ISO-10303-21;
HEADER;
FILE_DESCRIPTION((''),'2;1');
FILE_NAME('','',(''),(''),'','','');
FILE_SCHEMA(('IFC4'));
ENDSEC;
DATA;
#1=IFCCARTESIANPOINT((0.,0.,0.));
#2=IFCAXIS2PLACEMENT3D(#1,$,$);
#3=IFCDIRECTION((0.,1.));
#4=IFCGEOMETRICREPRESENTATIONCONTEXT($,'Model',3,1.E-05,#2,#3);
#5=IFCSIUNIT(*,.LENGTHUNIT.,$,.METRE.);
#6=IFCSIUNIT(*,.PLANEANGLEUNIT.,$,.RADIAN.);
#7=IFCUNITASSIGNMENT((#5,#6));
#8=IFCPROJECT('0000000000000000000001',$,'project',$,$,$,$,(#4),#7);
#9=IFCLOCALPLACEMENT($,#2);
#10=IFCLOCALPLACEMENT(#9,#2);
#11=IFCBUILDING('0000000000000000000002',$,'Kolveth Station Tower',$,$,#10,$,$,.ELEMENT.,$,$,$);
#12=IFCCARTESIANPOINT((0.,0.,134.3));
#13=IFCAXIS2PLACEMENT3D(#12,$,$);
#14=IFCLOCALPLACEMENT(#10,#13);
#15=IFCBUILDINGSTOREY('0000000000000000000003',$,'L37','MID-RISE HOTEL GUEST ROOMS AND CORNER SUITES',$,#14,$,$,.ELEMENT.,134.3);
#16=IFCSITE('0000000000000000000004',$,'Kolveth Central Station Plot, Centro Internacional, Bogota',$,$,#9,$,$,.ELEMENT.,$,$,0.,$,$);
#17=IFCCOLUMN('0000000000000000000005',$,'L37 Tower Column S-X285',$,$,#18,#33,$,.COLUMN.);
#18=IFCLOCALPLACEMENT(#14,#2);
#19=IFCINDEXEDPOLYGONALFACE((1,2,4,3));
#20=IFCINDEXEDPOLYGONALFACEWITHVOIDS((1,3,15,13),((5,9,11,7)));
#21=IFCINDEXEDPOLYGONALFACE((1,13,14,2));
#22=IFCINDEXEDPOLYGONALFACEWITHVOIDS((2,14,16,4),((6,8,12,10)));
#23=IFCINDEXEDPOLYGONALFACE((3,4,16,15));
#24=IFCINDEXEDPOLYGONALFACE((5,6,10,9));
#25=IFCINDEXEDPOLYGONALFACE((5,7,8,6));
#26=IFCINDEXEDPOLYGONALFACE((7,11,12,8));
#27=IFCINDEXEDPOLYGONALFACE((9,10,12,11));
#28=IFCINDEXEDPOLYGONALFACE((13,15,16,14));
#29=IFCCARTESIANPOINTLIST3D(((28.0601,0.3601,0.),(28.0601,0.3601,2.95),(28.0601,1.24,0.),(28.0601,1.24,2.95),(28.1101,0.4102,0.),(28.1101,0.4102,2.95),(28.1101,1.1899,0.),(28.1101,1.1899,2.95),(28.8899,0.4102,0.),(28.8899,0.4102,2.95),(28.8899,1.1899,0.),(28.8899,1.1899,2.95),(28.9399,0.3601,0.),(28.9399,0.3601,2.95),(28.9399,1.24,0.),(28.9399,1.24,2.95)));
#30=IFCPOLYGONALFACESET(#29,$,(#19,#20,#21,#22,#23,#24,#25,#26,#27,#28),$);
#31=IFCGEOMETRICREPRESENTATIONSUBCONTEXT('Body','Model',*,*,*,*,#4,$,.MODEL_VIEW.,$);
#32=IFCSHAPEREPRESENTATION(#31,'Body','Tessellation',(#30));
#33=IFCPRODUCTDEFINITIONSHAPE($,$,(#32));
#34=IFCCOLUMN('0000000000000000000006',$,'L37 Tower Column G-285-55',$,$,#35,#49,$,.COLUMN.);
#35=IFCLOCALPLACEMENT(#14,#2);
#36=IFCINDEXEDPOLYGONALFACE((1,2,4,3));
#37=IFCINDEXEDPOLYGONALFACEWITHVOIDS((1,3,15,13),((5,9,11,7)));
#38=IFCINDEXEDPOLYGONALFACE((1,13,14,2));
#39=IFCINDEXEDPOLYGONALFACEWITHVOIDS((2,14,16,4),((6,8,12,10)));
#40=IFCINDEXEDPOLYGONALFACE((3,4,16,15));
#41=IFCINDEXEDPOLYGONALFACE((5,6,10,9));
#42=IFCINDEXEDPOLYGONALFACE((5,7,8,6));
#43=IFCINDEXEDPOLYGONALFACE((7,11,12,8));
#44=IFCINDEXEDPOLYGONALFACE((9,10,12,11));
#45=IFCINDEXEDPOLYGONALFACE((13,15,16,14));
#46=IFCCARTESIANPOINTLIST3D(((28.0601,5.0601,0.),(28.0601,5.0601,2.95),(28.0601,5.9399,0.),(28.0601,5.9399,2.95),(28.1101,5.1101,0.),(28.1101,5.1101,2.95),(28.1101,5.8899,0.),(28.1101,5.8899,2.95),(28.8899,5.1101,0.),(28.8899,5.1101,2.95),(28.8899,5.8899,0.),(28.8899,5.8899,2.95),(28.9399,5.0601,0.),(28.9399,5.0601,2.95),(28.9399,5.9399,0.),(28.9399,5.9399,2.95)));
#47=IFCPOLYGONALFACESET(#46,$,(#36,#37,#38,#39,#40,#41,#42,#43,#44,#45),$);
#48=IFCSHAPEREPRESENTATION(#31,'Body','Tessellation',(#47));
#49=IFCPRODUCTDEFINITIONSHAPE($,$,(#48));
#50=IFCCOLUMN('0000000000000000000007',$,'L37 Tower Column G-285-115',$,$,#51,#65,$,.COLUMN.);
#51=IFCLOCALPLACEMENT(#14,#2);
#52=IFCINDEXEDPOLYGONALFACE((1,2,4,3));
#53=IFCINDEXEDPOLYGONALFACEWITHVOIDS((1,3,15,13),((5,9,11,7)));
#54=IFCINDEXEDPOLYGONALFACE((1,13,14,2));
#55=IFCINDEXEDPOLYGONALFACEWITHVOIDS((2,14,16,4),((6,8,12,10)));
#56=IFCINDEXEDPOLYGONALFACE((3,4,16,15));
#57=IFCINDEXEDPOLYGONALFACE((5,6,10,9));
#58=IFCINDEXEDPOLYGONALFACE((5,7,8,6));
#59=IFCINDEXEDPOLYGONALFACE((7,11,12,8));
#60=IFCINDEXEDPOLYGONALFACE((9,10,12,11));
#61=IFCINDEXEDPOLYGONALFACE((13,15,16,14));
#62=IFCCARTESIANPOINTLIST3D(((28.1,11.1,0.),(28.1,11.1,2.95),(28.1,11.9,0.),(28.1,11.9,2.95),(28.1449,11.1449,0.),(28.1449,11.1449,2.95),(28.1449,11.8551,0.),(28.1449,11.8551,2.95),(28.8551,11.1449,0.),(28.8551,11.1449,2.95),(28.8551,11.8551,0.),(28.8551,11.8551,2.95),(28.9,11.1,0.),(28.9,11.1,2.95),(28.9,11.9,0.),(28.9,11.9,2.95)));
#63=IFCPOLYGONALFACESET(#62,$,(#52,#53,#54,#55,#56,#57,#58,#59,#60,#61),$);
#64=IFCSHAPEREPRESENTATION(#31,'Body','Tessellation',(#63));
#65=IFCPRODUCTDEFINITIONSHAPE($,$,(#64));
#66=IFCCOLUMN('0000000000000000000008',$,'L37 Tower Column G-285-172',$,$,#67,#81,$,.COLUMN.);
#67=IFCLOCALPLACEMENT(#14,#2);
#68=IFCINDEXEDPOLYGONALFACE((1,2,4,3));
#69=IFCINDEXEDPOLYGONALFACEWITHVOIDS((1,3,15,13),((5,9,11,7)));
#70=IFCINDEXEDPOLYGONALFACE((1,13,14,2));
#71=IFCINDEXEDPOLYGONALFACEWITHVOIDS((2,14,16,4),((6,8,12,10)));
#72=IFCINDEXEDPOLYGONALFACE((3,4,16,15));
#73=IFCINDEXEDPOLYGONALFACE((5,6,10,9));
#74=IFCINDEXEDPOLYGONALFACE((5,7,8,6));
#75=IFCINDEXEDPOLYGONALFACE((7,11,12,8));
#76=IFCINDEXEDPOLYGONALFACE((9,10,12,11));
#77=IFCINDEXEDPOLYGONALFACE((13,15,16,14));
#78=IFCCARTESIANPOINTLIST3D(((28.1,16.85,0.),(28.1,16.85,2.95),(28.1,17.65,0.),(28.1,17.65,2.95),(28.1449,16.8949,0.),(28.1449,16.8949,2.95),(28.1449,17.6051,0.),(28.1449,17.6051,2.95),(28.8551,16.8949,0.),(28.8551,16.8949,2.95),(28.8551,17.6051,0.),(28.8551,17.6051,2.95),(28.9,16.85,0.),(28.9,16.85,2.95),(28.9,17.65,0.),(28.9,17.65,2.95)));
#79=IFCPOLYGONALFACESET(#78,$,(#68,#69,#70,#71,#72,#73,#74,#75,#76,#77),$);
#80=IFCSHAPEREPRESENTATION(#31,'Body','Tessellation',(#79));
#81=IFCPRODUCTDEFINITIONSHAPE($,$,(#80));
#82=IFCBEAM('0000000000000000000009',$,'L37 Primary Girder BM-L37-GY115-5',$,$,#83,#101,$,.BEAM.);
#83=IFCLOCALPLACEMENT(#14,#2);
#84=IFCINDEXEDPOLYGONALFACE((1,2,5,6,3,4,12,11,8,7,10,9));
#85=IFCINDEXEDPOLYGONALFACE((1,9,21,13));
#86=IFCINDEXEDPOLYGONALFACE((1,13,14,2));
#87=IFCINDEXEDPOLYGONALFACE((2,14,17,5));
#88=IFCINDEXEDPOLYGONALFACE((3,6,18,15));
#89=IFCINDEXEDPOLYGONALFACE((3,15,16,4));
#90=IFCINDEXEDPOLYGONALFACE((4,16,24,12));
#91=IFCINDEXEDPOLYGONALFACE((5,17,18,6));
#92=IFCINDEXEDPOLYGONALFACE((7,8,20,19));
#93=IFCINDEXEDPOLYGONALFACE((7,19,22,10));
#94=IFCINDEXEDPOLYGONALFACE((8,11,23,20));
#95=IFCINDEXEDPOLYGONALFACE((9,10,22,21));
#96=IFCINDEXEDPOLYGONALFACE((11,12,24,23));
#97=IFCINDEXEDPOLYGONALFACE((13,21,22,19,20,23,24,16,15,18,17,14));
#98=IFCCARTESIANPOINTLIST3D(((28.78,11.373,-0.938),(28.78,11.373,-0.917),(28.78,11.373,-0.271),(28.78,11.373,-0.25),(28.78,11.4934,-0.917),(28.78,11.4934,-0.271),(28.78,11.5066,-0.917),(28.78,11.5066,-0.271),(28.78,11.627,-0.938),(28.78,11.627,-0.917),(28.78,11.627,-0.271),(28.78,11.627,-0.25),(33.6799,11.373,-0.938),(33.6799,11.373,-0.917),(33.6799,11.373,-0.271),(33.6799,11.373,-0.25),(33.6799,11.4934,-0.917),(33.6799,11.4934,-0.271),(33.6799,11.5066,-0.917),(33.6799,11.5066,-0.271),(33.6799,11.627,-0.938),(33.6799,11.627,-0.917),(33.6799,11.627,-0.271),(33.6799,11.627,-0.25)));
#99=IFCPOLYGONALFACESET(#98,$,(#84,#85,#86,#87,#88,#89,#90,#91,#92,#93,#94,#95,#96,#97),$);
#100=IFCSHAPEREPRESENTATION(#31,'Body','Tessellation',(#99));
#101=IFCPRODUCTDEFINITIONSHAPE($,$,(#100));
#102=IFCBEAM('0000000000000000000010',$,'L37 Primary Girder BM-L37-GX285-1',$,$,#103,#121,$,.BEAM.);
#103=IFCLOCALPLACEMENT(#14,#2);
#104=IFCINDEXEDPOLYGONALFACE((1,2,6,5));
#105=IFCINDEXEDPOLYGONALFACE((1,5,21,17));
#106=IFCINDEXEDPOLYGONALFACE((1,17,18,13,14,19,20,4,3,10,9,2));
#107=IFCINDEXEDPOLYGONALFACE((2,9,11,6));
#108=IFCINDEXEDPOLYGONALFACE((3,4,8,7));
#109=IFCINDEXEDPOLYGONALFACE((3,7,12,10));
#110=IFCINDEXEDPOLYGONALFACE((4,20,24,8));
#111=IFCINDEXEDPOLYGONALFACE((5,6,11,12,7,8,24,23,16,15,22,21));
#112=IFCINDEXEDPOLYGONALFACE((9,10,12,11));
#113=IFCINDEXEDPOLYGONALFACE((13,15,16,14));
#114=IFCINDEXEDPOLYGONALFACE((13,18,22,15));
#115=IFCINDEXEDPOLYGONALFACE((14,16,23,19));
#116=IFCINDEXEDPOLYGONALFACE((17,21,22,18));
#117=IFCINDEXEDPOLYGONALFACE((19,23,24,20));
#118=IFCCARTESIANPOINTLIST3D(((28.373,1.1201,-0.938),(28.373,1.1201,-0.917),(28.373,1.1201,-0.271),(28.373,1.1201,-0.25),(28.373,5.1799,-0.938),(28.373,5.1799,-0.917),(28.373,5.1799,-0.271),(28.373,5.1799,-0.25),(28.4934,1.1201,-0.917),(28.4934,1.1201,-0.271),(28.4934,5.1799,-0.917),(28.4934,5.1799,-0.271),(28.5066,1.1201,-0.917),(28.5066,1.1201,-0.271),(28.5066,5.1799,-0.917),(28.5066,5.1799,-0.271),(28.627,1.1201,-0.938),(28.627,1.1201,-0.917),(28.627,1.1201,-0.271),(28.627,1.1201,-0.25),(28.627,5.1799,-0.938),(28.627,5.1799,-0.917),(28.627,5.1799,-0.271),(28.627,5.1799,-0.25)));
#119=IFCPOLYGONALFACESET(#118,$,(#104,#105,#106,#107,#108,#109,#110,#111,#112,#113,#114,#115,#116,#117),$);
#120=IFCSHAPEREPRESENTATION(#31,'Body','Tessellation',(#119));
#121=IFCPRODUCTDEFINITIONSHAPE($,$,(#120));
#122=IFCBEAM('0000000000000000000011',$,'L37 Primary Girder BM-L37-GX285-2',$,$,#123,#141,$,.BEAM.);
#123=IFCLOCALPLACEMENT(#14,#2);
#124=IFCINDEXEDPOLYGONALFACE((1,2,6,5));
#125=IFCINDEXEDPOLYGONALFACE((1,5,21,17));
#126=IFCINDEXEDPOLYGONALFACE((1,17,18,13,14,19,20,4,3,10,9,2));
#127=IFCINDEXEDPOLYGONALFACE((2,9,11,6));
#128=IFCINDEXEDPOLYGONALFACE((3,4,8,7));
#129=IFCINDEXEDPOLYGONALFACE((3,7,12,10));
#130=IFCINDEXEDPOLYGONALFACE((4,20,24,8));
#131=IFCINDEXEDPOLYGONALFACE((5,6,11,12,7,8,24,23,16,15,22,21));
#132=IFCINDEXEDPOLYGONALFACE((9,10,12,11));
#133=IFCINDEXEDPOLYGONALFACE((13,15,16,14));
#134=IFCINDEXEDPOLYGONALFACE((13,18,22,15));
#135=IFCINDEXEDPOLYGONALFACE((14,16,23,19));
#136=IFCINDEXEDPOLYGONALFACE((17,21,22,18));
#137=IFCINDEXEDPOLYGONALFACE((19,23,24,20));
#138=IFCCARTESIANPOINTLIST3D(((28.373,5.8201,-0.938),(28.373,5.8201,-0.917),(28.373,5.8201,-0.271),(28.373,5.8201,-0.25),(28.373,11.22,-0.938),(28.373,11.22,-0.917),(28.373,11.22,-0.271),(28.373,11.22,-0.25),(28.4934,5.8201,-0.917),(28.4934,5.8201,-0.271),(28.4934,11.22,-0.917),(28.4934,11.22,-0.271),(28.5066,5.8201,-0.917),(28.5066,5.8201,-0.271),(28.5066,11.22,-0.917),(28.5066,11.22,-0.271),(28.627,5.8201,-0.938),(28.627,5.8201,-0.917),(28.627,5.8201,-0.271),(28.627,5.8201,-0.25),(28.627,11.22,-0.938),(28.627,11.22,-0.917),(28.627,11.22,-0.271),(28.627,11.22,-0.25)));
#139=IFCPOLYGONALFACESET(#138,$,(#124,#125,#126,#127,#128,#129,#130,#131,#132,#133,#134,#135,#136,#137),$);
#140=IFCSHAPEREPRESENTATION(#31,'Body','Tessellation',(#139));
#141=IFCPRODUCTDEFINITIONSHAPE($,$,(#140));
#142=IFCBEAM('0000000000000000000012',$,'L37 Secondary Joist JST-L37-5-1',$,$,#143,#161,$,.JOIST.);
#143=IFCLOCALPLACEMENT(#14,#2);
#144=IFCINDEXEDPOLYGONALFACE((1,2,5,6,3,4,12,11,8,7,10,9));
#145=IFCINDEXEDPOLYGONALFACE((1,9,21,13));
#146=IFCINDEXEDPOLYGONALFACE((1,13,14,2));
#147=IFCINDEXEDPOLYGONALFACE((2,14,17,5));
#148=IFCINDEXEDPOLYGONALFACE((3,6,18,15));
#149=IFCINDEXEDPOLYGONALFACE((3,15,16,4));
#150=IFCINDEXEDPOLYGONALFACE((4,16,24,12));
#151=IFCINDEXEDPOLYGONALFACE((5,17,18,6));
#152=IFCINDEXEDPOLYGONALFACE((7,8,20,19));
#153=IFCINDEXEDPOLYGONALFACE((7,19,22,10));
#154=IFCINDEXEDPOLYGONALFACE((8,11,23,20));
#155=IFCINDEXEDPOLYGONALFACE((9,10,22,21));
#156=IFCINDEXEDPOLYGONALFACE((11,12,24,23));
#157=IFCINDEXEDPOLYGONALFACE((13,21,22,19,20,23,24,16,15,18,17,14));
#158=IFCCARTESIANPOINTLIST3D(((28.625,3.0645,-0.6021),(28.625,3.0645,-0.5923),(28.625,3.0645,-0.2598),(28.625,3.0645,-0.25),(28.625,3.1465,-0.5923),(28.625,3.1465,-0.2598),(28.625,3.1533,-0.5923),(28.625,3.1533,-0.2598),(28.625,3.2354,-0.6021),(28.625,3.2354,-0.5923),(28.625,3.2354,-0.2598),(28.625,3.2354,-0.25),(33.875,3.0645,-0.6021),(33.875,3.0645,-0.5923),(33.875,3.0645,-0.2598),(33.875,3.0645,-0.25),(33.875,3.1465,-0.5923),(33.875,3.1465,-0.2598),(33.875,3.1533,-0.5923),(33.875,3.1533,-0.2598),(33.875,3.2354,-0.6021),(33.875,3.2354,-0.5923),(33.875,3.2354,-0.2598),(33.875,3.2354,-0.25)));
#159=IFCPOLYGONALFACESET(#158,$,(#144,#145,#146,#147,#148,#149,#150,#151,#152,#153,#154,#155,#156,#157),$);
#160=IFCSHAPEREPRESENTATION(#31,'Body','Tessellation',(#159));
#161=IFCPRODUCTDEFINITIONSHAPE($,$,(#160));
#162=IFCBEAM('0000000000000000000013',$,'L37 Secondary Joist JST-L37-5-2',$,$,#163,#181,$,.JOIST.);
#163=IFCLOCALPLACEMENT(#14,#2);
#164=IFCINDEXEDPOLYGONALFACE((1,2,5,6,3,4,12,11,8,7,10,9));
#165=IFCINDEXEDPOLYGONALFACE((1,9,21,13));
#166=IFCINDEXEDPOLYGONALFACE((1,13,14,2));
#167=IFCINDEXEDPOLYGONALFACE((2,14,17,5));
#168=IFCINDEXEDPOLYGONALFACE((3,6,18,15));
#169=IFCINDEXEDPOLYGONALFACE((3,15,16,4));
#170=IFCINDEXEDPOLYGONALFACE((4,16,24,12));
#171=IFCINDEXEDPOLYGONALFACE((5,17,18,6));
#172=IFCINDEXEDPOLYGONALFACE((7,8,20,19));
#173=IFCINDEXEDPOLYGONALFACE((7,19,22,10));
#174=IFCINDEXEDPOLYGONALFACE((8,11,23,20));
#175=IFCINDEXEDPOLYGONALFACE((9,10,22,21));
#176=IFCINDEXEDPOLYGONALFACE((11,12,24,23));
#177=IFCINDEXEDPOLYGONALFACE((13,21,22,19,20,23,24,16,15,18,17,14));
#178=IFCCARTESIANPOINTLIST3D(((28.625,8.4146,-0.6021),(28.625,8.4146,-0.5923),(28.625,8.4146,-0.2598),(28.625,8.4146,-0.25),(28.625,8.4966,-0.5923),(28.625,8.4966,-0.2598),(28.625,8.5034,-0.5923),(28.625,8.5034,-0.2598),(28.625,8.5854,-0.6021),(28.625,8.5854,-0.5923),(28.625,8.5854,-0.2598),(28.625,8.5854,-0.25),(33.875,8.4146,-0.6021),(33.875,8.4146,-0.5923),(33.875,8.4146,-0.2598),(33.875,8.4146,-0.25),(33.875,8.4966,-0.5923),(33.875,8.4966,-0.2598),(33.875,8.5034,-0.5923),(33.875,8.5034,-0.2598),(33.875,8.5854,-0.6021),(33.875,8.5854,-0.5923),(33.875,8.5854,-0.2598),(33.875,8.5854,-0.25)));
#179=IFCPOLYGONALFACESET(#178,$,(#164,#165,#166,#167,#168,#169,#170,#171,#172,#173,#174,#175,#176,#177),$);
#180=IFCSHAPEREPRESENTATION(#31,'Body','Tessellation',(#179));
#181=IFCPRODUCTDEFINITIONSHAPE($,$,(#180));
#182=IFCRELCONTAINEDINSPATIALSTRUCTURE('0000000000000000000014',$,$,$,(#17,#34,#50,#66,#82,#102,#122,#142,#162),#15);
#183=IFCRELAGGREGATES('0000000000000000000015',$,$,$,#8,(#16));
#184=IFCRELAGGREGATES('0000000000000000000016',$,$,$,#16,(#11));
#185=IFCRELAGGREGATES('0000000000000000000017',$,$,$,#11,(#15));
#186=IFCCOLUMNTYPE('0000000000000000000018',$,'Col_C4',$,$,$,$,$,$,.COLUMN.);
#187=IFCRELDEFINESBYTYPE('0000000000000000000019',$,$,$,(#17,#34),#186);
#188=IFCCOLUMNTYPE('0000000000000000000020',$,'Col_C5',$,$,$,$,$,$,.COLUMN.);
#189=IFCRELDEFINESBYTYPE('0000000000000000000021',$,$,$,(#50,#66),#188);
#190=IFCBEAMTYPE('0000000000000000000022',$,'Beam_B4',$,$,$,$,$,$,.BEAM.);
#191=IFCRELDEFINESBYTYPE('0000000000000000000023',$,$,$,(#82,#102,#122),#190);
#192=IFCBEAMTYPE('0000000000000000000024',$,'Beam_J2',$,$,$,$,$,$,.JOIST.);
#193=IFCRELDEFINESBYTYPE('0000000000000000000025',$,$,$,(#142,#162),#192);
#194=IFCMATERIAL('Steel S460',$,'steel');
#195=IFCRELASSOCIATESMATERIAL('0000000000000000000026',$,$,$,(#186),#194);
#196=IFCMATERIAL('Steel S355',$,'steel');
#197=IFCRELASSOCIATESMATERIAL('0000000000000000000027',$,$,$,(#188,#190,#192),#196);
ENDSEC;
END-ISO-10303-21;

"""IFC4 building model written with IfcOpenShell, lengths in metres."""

from ifc_helpers import new_model, si_unit, direction, frame, origin, origin_2d, place, context, subcontext, project, spatial, hollow_rectangle, i_section, extrude, source, transform, mapped, material, material_profile, profile_set, type_object, element, save


model = new_model("IFC4")

# Units and contexts
model_context = context("Model", 3, precision=1e-05, world=origin(), true_north=direction((0.0, 1.0)))
body_context = subcontext(model_context, "Body", "Model", "MODEL_VIEW")
ifc_project = project(units=[si_unit("LENGTHUNIT", "METRE"), si_unit("PLANEANGLEUNIT", "RADIAN")], contexts=[model_context])

# Site, building, storey
site_placement = place(None, origin())
site = spatial("IfcSite", under=ifc_project, at=site_placement, Name="Kolveth Central Station Plot, Centro Internacional, Bogota", CompositionType="ELEMENT", RefElevation=0.0)
building_placement = place(site_placement, origin())
building = spatial("IfcBuilding", under=site, at=building_placement, Name="Kolveth Station Tower", CompositionType="ELEMENT")
storey_placement = place(building_placement, frame((0.0, 0.0, 134.3)))
storey = spatial("IfcBuildingStorey", under=building, at=storey_placement, Name="L37", Description="MID-RISE HOTEL GUEST ROOMS AND CORNER SUITES", CompositionType="ELEMENT", Elevation=134.3)

# Columns
ifc_material_1 = material(Name="Steel S460", Category="steel")
ifc_material_profile_1 = material_profile(ifc_material_1, hollow_rectangle(XDim=0.8799, YDim=0.8799, WallThickness=0.05, at=origin_2d()), Name="BOX880x880x50")
ifc_profile_set_1 = profile_set([ifc_material_profile_1], Name="Steel S460")
column_type_1 = type_object("IfcColumnType", Name="Col_C4", PredefinedType="COLUMN", material=ifc_profile_set_1)
shared_shape_1 = source(origin(), body_context, "Body", "SweptSolid", [
    extrude(hollow_rectangle(XDim=0.8799, YDim=0.8799, WallThickness=0.05, at=origin_2d()), origin(), (0.0, 0.0, 1.0), 2.95),
])
for number, where, z_axis, x_axis, name in (
    (1, (28.5, 0.8, 0.0), (0.0, 0.0, 1.0), (1.0, 0.0, 0.0), "L37 Tower Column S-X285"),
    (2, (28.5, 5.5, 0.0), (0.0, 0.0, 1.0), (1.0, 0.0, 0.0), "L37 Tower Column G-285-55"),
):
    element("IfcColumn", number, at=place(storey_placement, frame(where, z_axis=z_axis, x_axis=x_axis)), inside=storey, type_object=column_type_1, Name=name, PredefinedType="COLUMN", context=body_context, shape_type="MappedRepresentation", body=[
        mapped(shared_shape_1, transform((0.0, 0.0, 0.0), x_axis=(1.0, 0.0, 0.0), y_axis=(0.0, 1.0, 0.0), z_axis=(0.0, 0.0, 1.0), scale=1.0)),
    ])
ifc_material_2 = material(Name="Steel S355", Category="steel")
ifc_material_profile_2 = material_profile(ifc_material_2, hollow_rectangle(XDim=0.8, YDim=0.8, WallThickness=0.0449, at=origin_2d()), Name="BOX800x800x45")
ifc_profile_set_2 = profile_set([ifc_material_profile_2], Name="Steel S355")
column_type_2 = type_object("IfcColumnType", Name="Col_C5", PredefinedType="COLUMN", material=ifc_profile_set_2)
shared_shape_2 = source(origin(), body_context, "Body", "SweptSolid", [
    extrude(hollow_rectangle(XDim=0.8, YDim=0.8, WallThickness=0.0449, at=origin_2d()), origin(), (0.0, 0.0, 1.0), 2.95),
])
for number, where, z_axis, x_axis, name in (
    (3, (28.5, 11.5, 0.0), (0.0, 0.0, 1.0), (1.0, 0.0, 0.0), "L37 Tower Column G-285-115"),
    (4, (28.5, 17.25, 0.0), (0.0, 0.0, 1.0), (1.0, 0.0, 0.0), "L37 Tower Column G-285-172"),
):
    element("IfcColumn", number, at=place(storey_placement, frame(where, z_axis=z_axis, x_axis=x_axis)), inside=storey, type_object=column_type_2, Name=name, PredefinedType="COLUMN", context=body_context, shape_type="MappedRepresentation", body=[
        mapped(shared_shape_2, transform((0.0, 0.0, 0.0), x_axis=(1.0, 0.0, 0.0), y_axis=(0.0, 1.0, 0.0), z_axis=(0.0, 0.0, 1.0), scale=1.0)),
    ])

# Beams
ifc_material_profile_3 = material_profile(ifc_material_2, i_section(OverallWidth=0.2539, OverallDepth=0.688, WebThickness=0.0132, FlangeThickness=0.021, at=origin_2d()), Name="W690x152")
ifc_profile_set_3 = profile_set([ifc_material_profile_3], Name="Steel S355")
beam_type_1 = type_object("IfcBeamType", Name="Beam_B4", PredefinedType="BEAM", material=ifc_profile_set_3)
shared_shape_3 = source(origin(), body_context, "Body", "SweptSolid", [
    extrude(i_section(OverallWidth=0.2539, OverallDepth=0.688, WebThickness=0.0132, FlangeThickness=0.021, at=origin_2d()), origin(), (0.0, 0.0, 1.0), 4.8999),
])
beam_1_placement = place(storey_placement, frame((28.78, 11.5, -0.594), z_axis=(1.0, 0.0, 0.0), x_axis=(0.0, 1.0, 0.0)))
element("IfcBeam", 5, at=beam_1_placement, inside=storey, type_object=beam_type_1, Name="L37 Primary Girder BM-L37-GY115-5", PredefinedType="BEAM", context=body_context, shape_type="MappedRepresentation", body=[
    mapped(shared_shape_3, transform((0.0, 0.0, 0.0), x_axis=(1.0, 0.0, 0.0), y_axis=(0.0, 1.0, 0.0), z_axis=(0.0, 0.0, 1.0), scale=1.0)),
])
shared_shape_4 = source(origin(), body_context, "Body", "SweptSolid", [
    extrude(i_section(OverallWidth=0.2539, OverallDepth=0.688, WebThickness=0.0132, FlangeThickness=0.021, at=origin_2d()), origin(), (0.0, 0.0, 1.0), 4.0598),
])
beam_2_placement = place(storey_placement, frame((28.5, 1.1201, -0.594), z_axis=(0.0, 1.0, 0.0), x_axis=(-1.0, 0.0, 0.0)))
element("IfcBeam", 6, at=beam_2_placement, inside=storey, type_object=beam_type_1, Name="L37 Primary Girder BM-L37-GX285-1", PredefinedType="BEAM", context=body_context, shape_type="MappedRepresentation", body=[
    mapped(shared_shape_4, transform((0.0, 0.0, 0.0), x_axis=(1.0, 0.0, 0.0), y_axis=(0.0, 1.0, 0.0), z_axis=(0.0, 0.0, 1.0), scale=1.0)),
])
shared_shape_5 = source(origin(), body_context, "Body", "SweptSolid", [
    extrude(i_section(OverallWidth=0.2539, OverallDepth=0.688, WebThickness=0.0132, FlangeThickness=0.021, at=origin_2d()), origin(), (0.0, 0.0, 1.0), 5.3999),
])
beam_3_placement = place(storey_placement, frame((28.5, 5.8201, -0.594), z_axis=(0.0, 1.0, 0.0), x_axis=(-1.0, 0.0, 0.0)))
element("IfcBeam", 7, at=beam_3_placement, inside=storey, type_object=beam_type_1, Name="L37 Primary Girder BM-L37-GX285-2", PredefinedType="BEAM", context=body_context, shape_type="MappedRepresentation", body=[
    mapped(shared_shape_5, transform((0.0, 0.0, 0.0), x_axis=(1.0, 0.0, 0.0), y_axis=(0.0, 1.0, 0.0), z_axis=(0.0, 0.0, 1.0), scale=1.0)),
])
ifc_material_profile_4 = material_profile(ifc_material_2, i_section(OverallWidth=0.1709, OverallDepth=0.3521, WebThickness=0.0068, FlangeThickness=0.0098, at=origin_2d()), Name="W360x44")
ifc_profile_set_4 = profile_set([ifc_material_profile_4], Name="Steel S355")
beam_type_2 = type_object("IfcBeamType", Name="Beam_J2", PredefinedType="JOIST", material=ifc_profile_set_4)
shared_shape_6 = source(origin(), body_context, "Body", "SweptSolid", [
    extrude(i_section(OverallWidth=0.1709, OverallDepth=0.3521, WebThickness=0.0068, FlangeThickness=0.0098, at=origin_2d()), origin(), (0.0, 0.0, 1.0), 5.25),
])
for number, where, z_axis, x_axis, name in (
    (8, (28.625, 3.1499, -0.426), (1.0, 0.0, 0.0), (0.0, 1.0, 0.0), "L37 Secondary Joist JST-L37-5-1"),
    (9, (28.625, 8.5, -0.426), (1.0, 0.0, 0.0), (0.0, 1.0, 0.0), "L37 Secondary Joist JST-L37-5-2"),
):
    element("IfcBeam", number, at=place(storey_placement, frame(where, z_axis=z_axis, x_axis=x_axis)), inside=storey, type_object=beam_type_2, Name=name, PredefinedType="JOIST", context=body_context, shape_type="MappedRepresentation", body=[
        mapped(shared_shape_6, transform((0.0, 0.0, 0.0), x_axis=(1.0, 0.0, 0.0), y_axis=(0.0, 1.0, 0.0), z_axis=(0.0, 0.0, 1.0), scale=1.0)),
    ])

save(model, "model.ifc")
